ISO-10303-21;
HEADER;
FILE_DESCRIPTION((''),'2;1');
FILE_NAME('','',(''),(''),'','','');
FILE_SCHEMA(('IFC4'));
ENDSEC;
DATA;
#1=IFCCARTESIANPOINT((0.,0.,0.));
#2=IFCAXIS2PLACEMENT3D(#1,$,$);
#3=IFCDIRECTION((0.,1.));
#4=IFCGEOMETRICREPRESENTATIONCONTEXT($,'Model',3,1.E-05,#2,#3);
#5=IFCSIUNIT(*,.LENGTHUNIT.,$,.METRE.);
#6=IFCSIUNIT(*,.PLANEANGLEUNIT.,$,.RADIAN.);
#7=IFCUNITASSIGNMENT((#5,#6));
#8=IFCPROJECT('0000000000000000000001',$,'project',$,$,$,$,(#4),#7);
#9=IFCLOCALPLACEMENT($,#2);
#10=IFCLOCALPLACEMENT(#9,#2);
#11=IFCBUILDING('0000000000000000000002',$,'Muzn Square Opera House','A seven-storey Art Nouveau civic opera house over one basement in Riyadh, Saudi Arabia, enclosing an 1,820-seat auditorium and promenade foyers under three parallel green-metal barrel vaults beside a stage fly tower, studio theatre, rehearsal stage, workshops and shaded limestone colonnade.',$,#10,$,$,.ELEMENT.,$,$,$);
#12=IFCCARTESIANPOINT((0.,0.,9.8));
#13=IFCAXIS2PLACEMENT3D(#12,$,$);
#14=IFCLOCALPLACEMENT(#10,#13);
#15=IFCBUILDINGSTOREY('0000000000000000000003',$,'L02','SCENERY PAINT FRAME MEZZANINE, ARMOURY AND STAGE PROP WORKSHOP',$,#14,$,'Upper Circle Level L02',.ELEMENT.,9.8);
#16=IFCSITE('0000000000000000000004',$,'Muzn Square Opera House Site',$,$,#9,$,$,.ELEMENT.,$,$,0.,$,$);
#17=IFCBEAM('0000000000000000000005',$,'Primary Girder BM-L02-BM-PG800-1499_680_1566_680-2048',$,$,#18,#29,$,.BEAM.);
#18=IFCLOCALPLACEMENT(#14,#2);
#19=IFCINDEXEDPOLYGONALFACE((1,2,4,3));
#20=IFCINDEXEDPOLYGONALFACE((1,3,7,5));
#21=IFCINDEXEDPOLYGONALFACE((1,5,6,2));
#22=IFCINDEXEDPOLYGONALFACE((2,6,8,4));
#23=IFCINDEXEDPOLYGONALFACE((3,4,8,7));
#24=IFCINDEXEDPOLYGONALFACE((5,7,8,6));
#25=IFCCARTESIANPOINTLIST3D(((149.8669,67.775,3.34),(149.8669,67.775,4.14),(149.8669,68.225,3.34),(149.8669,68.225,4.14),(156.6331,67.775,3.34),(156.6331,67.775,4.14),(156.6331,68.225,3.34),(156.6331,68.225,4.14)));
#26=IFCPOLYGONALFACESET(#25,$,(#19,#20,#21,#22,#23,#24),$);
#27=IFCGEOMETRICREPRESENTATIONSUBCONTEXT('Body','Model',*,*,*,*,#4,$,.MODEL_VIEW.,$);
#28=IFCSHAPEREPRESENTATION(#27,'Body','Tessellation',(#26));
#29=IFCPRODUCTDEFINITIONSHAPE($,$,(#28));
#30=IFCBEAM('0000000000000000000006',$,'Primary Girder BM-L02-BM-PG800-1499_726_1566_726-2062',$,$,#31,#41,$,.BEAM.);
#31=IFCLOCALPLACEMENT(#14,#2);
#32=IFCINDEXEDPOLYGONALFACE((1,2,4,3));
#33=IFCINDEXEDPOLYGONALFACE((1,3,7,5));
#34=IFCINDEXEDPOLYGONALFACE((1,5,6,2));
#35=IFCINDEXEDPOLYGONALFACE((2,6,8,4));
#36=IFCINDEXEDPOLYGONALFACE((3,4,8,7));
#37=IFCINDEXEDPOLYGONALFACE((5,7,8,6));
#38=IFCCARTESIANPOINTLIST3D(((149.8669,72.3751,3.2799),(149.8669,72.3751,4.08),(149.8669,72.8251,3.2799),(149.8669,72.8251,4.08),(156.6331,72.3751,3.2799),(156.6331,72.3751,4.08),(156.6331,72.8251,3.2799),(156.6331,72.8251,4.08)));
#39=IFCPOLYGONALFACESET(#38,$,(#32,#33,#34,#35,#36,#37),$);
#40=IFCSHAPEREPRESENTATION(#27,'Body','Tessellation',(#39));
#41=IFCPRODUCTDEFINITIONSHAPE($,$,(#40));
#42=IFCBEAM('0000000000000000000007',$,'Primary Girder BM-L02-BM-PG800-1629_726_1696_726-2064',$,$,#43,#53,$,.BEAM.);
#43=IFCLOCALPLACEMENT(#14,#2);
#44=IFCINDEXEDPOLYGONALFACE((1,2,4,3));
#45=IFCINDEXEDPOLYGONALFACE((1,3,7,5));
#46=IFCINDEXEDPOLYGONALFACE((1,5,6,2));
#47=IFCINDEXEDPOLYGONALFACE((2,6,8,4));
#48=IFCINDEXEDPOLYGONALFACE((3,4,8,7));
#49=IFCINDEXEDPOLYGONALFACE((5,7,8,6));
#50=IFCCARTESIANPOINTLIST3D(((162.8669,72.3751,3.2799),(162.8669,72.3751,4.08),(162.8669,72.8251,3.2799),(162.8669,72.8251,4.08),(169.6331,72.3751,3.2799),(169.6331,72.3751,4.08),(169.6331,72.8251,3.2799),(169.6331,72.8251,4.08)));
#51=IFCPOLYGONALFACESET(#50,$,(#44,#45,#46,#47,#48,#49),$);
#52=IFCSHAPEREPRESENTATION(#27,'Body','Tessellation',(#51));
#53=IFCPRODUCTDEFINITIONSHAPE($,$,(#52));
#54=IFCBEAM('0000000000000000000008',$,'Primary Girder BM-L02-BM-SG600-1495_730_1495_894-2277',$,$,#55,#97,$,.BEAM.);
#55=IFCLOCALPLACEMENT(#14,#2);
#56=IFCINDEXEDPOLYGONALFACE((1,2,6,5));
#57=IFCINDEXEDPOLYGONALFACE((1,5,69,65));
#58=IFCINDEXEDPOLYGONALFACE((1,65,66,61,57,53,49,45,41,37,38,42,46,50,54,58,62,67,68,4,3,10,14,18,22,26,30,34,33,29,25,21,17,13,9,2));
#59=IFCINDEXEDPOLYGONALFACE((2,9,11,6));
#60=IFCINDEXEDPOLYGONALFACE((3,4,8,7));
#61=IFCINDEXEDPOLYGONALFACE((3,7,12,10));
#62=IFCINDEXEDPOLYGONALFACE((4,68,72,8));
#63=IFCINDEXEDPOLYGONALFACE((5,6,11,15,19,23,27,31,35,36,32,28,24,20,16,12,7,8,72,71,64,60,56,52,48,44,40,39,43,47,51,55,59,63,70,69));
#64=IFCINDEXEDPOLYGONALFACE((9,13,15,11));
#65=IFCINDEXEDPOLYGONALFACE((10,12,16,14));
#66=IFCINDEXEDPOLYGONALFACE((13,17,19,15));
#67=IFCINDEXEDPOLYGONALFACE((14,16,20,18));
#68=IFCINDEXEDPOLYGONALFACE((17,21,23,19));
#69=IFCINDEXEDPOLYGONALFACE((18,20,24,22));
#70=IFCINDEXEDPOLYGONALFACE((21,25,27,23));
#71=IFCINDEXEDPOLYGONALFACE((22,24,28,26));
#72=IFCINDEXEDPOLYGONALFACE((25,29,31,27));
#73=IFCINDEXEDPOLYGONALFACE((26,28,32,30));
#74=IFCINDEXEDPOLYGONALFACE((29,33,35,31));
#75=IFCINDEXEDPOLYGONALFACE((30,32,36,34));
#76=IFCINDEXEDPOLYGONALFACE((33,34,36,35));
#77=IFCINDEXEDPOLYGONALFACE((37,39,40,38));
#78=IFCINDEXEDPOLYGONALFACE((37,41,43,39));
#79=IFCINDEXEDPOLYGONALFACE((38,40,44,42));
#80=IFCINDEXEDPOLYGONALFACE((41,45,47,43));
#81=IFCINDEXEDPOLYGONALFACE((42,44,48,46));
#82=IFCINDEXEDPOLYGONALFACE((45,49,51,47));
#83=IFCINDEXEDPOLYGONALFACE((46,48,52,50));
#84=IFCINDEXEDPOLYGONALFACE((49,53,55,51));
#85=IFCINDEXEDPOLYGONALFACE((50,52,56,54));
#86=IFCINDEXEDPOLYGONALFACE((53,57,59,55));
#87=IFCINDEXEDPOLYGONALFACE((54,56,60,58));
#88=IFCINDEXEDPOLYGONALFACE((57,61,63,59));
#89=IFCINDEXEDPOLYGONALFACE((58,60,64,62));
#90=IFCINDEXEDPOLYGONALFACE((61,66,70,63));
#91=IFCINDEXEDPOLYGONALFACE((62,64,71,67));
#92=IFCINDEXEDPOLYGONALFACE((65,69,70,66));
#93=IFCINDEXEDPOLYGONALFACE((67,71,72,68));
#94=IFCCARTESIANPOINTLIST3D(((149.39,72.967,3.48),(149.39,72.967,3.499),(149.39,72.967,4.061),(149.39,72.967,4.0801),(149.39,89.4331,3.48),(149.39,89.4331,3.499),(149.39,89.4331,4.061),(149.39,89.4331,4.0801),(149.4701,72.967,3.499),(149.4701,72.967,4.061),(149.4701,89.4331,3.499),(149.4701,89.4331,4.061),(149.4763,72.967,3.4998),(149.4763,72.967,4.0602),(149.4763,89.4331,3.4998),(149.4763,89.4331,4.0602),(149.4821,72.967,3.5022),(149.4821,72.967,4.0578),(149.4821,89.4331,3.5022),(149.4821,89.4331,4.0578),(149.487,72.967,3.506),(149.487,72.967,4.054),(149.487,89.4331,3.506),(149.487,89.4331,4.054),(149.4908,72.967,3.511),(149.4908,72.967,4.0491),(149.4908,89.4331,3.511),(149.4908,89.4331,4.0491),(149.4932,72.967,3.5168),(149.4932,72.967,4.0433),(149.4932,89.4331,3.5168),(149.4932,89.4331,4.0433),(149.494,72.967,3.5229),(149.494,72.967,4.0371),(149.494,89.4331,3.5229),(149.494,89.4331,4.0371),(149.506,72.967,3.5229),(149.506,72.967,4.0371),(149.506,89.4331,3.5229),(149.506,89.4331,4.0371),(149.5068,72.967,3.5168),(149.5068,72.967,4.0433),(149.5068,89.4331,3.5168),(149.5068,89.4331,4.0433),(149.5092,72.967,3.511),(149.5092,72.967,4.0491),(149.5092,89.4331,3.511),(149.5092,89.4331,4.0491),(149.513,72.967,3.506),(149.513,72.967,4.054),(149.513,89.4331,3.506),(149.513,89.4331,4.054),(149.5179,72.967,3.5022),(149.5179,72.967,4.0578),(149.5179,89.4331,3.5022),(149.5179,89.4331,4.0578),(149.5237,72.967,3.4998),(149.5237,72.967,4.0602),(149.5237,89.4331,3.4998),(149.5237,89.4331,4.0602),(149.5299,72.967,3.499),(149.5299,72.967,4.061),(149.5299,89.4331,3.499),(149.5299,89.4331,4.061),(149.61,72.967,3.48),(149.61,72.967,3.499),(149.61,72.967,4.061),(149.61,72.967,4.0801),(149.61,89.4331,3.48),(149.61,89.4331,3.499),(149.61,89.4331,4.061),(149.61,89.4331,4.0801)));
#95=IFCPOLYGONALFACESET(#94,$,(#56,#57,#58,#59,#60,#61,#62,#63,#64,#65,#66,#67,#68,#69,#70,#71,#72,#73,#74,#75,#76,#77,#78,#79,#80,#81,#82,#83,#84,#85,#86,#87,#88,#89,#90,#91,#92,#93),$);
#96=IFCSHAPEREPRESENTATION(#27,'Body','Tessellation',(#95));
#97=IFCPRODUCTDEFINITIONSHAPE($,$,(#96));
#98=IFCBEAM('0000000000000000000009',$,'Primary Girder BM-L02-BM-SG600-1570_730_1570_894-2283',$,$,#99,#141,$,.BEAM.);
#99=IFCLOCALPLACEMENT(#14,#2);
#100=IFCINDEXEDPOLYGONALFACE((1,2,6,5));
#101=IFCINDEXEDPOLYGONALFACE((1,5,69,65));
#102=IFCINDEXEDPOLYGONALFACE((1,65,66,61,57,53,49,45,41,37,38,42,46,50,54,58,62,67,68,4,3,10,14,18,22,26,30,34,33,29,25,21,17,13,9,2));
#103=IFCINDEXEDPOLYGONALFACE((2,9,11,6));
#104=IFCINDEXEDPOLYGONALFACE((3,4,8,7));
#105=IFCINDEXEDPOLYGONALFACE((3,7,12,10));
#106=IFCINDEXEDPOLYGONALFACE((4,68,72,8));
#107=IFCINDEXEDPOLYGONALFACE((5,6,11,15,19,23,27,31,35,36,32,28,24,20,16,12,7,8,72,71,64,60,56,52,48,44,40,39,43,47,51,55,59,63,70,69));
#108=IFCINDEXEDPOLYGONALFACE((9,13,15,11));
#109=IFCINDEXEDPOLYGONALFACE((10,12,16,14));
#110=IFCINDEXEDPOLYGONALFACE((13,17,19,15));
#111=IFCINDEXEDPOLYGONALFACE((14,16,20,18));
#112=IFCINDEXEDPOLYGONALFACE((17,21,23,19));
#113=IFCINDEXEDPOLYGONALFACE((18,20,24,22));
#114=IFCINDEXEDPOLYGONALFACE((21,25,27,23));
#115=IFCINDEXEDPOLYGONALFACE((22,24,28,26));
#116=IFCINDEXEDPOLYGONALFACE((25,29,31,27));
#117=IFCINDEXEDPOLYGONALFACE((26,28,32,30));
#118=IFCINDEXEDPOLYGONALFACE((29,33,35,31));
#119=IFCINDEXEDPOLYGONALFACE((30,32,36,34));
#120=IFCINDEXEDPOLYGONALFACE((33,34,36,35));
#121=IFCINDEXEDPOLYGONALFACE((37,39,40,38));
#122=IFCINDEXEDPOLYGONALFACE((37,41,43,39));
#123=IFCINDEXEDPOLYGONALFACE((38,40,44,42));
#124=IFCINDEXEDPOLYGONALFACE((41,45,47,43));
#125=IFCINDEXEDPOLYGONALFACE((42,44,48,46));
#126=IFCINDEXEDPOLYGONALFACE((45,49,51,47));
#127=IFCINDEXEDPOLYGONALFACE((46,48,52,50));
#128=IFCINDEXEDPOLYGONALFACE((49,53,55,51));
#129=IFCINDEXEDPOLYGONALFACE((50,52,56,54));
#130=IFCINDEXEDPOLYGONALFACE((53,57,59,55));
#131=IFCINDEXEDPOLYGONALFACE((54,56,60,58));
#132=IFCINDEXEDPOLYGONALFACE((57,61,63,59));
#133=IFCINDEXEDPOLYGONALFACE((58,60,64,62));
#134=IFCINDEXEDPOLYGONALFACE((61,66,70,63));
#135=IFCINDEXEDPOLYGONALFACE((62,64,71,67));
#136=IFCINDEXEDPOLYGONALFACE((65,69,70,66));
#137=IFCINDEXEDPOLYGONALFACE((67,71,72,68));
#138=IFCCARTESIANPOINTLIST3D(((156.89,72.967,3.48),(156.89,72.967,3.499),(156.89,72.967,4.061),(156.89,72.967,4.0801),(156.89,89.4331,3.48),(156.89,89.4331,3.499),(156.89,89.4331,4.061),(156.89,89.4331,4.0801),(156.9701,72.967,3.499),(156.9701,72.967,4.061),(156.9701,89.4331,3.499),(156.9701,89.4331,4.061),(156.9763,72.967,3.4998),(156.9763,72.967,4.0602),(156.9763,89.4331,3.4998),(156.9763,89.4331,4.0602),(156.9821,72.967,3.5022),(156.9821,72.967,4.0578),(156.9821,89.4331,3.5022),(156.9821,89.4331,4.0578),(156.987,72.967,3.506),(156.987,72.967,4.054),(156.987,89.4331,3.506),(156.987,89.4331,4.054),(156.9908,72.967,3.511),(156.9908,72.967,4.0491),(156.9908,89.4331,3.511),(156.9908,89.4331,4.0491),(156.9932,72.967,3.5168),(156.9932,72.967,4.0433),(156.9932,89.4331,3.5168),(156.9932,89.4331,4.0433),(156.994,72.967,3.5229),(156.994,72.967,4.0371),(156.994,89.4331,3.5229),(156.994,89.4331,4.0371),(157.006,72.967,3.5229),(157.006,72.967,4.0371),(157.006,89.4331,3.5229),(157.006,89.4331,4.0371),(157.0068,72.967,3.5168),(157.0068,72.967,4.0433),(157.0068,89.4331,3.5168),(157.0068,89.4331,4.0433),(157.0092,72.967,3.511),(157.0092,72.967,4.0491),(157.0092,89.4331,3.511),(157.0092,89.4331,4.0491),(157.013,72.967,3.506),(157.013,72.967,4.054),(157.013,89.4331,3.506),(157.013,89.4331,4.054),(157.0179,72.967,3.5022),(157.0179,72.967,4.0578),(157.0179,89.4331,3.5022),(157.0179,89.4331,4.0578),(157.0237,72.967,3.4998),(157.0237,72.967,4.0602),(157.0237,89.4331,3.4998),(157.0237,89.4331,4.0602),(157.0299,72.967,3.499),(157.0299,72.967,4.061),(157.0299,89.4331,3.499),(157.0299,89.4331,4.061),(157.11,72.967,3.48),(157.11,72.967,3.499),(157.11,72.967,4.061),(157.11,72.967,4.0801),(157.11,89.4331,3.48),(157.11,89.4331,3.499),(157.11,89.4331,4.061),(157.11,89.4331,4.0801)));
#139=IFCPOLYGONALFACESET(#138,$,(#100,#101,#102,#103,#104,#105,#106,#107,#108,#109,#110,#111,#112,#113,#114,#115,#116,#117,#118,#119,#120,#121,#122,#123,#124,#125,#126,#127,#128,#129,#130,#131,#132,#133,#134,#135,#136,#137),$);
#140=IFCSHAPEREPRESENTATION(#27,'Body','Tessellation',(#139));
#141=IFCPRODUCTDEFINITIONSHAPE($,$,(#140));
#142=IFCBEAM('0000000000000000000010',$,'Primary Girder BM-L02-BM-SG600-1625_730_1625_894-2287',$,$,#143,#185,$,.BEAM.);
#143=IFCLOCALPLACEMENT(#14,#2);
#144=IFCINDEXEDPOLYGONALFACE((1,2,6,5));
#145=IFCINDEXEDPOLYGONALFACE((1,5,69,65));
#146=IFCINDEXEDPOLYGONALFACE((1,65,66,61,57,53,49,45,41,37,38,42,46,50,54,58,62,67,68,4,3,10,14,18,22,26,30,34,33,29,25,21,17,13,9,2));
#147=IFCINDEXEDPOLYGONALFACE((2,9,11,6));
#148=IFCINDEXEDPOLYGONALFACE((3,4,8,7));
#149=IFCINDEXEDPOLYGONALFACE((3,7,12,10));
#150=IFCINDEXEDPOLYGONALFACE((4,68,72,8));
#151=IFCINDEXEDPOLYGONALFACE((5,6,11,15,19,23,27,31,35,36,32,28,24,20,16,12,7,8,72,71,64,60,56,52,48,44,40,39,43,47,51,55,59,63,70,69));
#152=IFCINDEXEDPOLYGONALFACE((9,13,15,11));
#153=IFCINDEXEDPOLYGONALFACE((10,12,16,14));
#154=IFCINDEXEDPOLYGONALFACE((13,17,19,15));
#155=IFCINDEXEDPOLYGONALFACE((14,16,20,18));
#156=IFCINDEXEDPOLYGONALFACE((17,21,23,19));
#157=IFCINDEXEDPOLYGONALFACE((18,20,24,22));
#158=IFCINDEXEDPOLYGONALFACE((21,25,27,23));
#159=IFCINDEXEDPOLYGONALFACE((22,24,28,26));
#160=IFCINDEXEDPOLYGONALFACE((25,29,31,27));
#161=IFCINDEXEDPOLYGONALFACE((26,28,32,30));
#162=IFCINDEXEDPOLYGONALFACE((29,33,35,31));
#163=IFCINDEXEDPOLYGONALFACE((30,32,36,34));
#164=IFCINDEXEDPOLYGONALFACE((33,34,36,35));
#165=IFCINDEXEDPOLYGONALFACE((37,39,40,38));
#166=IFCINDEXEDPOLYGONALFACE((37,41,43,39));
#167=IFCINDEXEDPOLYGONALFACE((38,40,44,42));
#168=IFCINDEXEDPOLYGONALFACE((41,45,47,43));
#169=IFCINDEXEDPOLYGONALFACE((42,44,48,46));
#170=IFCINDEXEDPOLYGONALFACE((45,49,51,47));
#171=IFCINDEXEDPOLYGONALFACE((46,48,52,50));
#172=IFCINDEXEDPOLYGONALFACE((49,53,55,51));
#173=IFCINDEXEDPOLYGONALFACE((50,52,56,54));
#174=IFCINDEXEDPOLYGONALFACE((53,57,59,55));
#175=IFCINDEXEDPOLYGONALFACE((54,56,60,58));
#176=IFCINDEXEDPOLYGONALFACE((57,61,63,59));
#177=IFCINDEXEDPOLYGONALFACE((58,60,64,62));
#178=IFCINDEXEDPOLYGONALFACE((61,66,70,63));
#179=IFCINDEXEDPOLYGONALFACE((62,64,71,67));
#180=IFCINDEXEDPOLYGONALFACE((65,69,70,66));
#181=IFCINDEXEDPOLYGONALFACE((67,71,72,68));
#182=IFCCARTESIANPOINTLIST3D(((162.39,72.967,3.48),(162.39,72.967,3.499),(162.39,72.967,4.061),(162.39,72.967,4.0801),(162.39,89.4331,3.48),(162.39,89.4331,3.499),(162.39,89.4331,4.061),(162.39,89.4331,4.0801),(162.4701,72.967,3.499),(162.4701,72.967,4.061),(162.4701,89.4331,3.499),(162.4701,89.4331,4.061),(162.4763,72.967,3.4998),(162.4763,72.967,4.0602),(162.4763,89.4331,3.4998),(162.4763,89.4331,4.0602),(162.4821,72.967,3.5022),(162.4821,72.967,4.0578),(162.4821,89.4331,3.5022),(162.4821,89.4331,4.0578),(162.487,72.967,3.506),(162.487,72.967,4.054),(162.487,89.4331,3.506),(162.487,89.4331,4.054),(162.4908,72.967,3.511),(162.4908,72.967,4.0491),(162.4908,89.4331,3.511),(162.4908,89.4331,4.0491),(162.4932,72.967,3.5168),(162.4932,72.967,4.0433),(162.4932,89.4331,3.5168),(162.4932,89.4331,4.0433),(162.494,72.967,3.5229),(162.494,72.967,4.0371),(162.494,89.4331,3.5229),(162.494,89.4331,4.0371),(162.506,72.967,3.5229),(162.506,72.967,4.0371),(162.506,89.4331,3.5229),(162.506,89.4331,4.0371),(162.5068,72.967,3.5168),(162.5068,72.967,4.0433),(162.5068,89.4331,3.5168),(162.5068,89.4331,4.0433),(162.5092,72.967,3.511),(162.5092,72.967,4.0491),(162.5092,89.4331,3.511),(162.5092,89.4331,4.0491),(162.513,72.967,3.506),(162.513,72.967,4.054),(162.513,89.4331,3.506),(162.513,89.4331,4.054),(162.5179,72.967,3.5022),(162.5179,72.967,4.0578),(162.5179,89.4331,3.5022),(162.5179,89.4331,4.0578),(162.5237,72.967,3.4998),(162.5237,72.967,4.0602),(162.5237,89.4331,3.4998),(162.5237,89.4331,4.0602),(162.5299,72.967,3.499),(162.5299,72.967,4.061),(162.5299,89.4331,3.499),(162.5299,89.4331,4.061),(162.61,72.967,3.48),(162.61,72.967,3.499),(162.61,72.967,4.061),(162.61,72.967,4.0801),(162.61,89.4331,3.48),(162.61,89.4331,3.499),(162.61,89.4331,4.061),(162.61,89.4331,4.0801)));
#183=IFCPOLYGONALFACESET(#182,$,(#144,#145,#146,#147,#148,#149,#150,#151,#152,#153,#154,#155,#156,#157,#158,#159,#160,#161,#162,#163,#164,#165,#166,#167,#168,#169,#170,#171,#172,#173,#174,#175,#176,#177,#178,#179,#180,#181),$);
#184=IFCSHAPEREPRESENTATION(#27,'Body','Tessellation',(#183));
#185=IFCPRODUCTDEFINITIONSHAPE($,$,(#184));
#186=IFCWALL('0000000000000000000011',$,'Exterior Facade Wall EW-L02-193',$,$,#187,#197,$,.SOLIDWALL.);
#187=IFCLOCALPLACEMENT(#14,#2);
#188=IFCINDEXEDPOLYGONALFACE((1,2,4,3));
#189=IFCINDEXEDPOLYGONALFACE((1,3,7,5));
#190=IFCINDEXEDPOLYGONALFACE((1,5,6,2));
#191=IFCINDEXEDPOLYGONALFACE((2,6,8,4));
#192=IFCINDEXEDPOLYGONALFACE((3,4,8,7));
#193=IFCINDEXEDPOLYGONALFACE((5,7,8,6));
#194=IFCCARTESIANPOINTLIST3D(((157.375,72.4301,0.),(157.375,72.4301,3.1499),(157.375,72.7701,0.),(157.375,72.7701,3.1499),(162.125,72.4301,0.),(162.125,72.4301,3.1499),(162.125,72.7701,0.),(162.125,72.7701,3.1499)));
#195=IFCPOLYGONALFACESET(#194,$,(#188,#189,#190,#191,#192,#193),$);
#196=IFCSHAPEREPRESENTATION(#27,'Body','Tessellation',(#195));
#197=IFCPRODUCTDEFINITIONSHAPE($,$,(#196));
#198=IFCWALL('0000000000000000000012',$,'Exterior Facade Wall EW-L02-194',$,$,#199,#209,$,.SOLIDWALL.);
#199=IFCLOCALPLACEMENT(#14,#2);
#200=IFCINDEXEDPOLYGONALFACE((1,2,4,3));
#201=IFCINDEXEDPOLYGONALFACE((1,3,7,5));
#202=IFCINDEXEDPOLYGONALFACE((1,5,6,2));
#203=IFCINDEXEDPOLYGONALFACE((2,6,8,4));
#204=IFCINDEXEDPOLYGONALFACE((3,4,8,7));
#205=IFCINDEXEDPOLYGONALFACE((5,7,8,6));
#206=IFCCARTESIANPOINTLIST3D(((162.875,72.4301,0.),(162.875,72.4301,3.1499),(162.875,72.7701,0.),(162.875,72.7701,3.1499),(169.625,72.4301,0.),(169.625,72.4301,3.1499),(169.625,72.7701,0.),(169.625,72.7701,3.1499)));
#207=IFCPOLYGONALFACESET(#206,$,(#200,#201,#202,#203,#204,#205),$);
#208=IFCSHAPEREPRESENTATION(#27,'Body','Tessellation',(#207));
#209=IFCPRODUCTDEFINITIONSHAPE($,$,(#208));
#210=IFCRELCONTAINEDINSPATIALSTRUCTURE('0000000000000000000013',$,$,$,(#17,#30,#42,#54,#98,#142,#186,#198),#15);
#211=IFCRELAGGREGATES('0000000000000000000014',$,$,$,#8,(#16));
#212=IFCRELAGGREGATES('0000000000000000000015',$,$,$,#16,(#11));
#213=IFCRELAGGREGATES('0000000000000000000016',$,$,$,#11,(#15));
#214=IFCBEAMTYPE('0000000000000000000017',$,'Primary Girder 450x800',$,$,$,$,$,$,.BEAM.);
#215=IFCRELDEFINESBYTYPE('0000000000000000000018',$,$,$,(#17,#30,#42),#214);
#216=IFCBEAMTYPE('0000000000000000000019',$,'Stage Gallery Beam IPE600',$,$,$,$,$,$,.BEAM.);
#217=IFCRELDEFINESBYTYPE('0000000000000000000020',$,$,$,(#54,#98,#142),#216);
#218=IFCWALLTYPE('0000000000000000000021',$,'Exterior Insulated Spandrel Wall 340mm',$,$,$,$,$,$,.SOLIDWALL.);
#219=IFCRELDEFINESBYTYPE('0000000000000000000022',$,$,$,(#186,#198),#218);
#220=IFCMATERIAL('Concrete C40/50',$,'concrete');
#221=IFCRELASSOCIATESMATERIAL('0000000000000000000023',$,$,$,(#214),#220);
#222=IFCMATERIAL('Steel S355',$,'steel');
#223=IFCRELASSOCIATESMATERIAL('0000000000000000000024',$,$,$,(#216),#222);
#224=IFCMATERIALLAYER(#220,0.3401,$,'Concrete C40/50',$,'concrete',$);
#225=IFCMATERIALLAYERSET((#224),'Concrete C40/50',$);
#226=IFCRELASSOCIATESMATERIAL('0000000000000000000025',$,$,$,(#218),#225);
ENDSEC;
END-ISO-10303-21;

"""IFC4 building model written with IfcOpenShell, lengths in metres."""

from ifc_helpers import new_model, si_unit, direction, frame, frame_2d, origin, origin_2d, place, context, subcontext, project, spatial, rectangle, i_section, extrude, material, layer, layer_set, material_profile, profile_set, type_object, element, save


model = new_model("IFC4")

# Units and contexts
model_context = context("Model", 3, precision=1e-05, world=origin(), true_north=direction((0.0, 1.0)))
body_context = subcontext(model_context, "Body", "Model", "MODEL_VIEW")
ifc_project = project(units=[si_unit("LENGTHUNIT", "METRE"), si_unit("PLANEANGLEUNIT", "RADIAN")], contexts=[model_context])

# Site, building, storey
site_placement = place(None, origin())
site = spatial("IfcSite", under=ifc_project, at=site_placement, Name="Muzn Square Opera House Site", CompositionType="ELEMENT", RefElevation=0.0)
building_placement = place(site_placement, origin())
building = spatial("IfcBuilding", under=site, at=building_placement, Name="Muzn Square Opera House", Description="A seven-storey Art Nouveau civic opera house over one basement in Riyadh, Saudi Arabia, enclosing an 1,820-seat auditorium and promenade foyers under three parallel green-metal barrel vaults beside a stage fly tower, studio theatre, rehearsal stage, workshops and shaded limestone colonnade.", CompositionType="ELEMENT")
storey_placement = place(building_placement, frame((0.0, 0.0, 9.8)))
storey = spatial("IfcBuildingStorey", under=building, at=storey_placement, Name="L02", Description="SCENERY PAINT FRAME MEZZANINE, ARMOURY AND STAGE PROP WORKSHOP", LongName="Upper Circle Level L02", CompositionType="ELEMENT", Elevation=9.8)

# Beams
ifc_material_1 = material(Name="Concrete C40/50", Category="concrete")
ifc_material_profile_1 = material_profile(ifc_material_1, rectangle(XDim=0.45, YDim=0.8, at=origin_2d()), Name="RCB 450x800", Category="concrete")
ifc_profile_set_1 = profile_set([ifc_material_profile_1], Name="Concrete C40/50")
beam_type_1 = type_object("IfcBeamType", Name="Primary Girder 450x800", PredefinedType="BEAM", material=ifc_profile_set_1)
for number, where, z_axis, x_axis, name in (
    (1, (149.8669, 68.0, 3.74), (1.0, 0.0, 0.0), (0.0, 1.0, 0.0), "Primary Girder BM-L02-BM-PG800-1499_680_1566_680-2048"),
    (2, (149.8669, 72.6001, 3.6799), (1.0, 0.0, 0.0), (0.0, 1.0, 0.0), "Primary Girder BM-L02-BM-PG800-1499_726_1566_726-2062"),
    (3, (162.8669, 72.6001, 3.6799), (1.0, 0.0, 0.0), (0.0, 1.0, 0.0), "Primary Girder BM-L02-BM-PG800-1629_726_1696_726-2064"),
):
    element("IfcBeam", number, at=place(storey_placement, frame(where, z_axis=z_axis, x_axis=x_axis)), inside=storey, type_object=beam_type_1, Name=name, PredefinedType="BEAM", context=body_context, shape_type="SweptSolid", body=[
        extrude(rectangle(XDim=0.45, YDim=0.8, at=origin_2d()), origin(), (0.0, 0.0, 1.0), 6.7661),
    ])
ifc_material_2 = material(Name="Steel S355", Category="steel")
ifc_material_profile_2 = material_profile(ifc_material_2, i_section(OverallWidth=0.22, OverallDepth=0.6001, WebThickness=0.012, FlangeThickness=0.019, FilletRadius=0.0239, at=origin_2d()), Name="IPE 600", Category="steel")
ifc_profile_set_2 = profile_set([ifc_material_profile_2], Name="Steel S355")
beam_type_2 = type_object("IfcBeamType", Name="Stage Gallery Beam IPE600", PredefinedType="BEAM", material=ifc_profile_set_2)
for number, where, z_axis, x_axis, name in (
    (4, (149.5, 72.967, 3.78), (0.0, 1.0, 0.0), (-1.0, 0.0, 0.0), "Primary Girder BM-L02-BM-SG600-1495_730_1495_894-2277"),
    (5, (157.0, 72.967, 3.78), (0.0, 1.0, 0.0), (-1.0, 0.0, 0.0), "Primary Girder BM-L02-BM-SG600-1570_730_1570_894-2283"),
    (6, (162.5, 72.967, 3.78), (0.0, 1.0, 0.0), (-1.0, 0.0, 0.0), "Primary Girder BM-L02-BM-SG600-1625_730_1625_894-2287"),
):
    element("IfcBeam", number, at=place(storey_placement, frame(where, z_axis=z_axis, x_axis=x_axis)), inside=storey, type_object=beam_type_2, Name=name, PredefinedType="BEAM", context=body_context, shape_type="SweptSolid", body=[
        extrude(i_section(OverallWidth=0.22, OverallDepth=0.6001, WebThickness=0.012, FlangeThickness=0.019, FilletRadius=0.0239, at=origin_2d()), origin(), (0.0, 0.0, 1.0), 16.4661),
    ])

# Walls
ifc_layer_1 = layer(ifc_material_1, 0.3401, Name="Concrete C40/50", Category="concrete")
ifc_layer_set_1 = layer_set([ifc_layer_1], Name="Concrete C40/50")
wall_type_1 = type_object("IfcWallType", Name="Exterior Insulated Spandrel Wall 340mm", PredefinedType="SOLIDWALL", material=ifc_layer_set_1)
wall_1_placement = place(storey_placement, frame((157.375, 72.6001, 0.0), z_axis=(0.0, 0.0, 1.0), x_axis=(1.0, 0.0, 0.0)))
element("IfcWall", 7, at=wall_1_placement, inside=storey, type_object=wall_type_1, Name="Exterior Facade Wall EW-L02-193", PredefinedType="SOLIDWALL", context=body_context, shape_type="SweptSolid", body=[
    extrude(rectangle(XDim=4.75, YDim=0.3401, at=frame_2d((2.375, 0.0))), origin(), (0.0, 0.0, 1.0), 3.1499),
])
wall_2_placement = place(storey_placement, frame((162.875, 72.6001, 0.0), z_axis=(0.0, 0.0, 1.0), x_axis=(1.0, 0.0, 0.0)))
element("IfcWall", 8, at=wall_2_placement, inside=storey, type_object=wall_type_1, Name="Exterior Facade Wall EW-L02-194", PredefinedType="SOLIDWALL", context=body_context, shape_type="SweptSolid", body=[
    extrude(rectangle(XDim=6.75, YDim=0.3401, at=frame_2d((3.375, 0.0))), origin(), (0.0, 0.0, 1.0), 3.1499),
])

save(model, "model.ifc")
